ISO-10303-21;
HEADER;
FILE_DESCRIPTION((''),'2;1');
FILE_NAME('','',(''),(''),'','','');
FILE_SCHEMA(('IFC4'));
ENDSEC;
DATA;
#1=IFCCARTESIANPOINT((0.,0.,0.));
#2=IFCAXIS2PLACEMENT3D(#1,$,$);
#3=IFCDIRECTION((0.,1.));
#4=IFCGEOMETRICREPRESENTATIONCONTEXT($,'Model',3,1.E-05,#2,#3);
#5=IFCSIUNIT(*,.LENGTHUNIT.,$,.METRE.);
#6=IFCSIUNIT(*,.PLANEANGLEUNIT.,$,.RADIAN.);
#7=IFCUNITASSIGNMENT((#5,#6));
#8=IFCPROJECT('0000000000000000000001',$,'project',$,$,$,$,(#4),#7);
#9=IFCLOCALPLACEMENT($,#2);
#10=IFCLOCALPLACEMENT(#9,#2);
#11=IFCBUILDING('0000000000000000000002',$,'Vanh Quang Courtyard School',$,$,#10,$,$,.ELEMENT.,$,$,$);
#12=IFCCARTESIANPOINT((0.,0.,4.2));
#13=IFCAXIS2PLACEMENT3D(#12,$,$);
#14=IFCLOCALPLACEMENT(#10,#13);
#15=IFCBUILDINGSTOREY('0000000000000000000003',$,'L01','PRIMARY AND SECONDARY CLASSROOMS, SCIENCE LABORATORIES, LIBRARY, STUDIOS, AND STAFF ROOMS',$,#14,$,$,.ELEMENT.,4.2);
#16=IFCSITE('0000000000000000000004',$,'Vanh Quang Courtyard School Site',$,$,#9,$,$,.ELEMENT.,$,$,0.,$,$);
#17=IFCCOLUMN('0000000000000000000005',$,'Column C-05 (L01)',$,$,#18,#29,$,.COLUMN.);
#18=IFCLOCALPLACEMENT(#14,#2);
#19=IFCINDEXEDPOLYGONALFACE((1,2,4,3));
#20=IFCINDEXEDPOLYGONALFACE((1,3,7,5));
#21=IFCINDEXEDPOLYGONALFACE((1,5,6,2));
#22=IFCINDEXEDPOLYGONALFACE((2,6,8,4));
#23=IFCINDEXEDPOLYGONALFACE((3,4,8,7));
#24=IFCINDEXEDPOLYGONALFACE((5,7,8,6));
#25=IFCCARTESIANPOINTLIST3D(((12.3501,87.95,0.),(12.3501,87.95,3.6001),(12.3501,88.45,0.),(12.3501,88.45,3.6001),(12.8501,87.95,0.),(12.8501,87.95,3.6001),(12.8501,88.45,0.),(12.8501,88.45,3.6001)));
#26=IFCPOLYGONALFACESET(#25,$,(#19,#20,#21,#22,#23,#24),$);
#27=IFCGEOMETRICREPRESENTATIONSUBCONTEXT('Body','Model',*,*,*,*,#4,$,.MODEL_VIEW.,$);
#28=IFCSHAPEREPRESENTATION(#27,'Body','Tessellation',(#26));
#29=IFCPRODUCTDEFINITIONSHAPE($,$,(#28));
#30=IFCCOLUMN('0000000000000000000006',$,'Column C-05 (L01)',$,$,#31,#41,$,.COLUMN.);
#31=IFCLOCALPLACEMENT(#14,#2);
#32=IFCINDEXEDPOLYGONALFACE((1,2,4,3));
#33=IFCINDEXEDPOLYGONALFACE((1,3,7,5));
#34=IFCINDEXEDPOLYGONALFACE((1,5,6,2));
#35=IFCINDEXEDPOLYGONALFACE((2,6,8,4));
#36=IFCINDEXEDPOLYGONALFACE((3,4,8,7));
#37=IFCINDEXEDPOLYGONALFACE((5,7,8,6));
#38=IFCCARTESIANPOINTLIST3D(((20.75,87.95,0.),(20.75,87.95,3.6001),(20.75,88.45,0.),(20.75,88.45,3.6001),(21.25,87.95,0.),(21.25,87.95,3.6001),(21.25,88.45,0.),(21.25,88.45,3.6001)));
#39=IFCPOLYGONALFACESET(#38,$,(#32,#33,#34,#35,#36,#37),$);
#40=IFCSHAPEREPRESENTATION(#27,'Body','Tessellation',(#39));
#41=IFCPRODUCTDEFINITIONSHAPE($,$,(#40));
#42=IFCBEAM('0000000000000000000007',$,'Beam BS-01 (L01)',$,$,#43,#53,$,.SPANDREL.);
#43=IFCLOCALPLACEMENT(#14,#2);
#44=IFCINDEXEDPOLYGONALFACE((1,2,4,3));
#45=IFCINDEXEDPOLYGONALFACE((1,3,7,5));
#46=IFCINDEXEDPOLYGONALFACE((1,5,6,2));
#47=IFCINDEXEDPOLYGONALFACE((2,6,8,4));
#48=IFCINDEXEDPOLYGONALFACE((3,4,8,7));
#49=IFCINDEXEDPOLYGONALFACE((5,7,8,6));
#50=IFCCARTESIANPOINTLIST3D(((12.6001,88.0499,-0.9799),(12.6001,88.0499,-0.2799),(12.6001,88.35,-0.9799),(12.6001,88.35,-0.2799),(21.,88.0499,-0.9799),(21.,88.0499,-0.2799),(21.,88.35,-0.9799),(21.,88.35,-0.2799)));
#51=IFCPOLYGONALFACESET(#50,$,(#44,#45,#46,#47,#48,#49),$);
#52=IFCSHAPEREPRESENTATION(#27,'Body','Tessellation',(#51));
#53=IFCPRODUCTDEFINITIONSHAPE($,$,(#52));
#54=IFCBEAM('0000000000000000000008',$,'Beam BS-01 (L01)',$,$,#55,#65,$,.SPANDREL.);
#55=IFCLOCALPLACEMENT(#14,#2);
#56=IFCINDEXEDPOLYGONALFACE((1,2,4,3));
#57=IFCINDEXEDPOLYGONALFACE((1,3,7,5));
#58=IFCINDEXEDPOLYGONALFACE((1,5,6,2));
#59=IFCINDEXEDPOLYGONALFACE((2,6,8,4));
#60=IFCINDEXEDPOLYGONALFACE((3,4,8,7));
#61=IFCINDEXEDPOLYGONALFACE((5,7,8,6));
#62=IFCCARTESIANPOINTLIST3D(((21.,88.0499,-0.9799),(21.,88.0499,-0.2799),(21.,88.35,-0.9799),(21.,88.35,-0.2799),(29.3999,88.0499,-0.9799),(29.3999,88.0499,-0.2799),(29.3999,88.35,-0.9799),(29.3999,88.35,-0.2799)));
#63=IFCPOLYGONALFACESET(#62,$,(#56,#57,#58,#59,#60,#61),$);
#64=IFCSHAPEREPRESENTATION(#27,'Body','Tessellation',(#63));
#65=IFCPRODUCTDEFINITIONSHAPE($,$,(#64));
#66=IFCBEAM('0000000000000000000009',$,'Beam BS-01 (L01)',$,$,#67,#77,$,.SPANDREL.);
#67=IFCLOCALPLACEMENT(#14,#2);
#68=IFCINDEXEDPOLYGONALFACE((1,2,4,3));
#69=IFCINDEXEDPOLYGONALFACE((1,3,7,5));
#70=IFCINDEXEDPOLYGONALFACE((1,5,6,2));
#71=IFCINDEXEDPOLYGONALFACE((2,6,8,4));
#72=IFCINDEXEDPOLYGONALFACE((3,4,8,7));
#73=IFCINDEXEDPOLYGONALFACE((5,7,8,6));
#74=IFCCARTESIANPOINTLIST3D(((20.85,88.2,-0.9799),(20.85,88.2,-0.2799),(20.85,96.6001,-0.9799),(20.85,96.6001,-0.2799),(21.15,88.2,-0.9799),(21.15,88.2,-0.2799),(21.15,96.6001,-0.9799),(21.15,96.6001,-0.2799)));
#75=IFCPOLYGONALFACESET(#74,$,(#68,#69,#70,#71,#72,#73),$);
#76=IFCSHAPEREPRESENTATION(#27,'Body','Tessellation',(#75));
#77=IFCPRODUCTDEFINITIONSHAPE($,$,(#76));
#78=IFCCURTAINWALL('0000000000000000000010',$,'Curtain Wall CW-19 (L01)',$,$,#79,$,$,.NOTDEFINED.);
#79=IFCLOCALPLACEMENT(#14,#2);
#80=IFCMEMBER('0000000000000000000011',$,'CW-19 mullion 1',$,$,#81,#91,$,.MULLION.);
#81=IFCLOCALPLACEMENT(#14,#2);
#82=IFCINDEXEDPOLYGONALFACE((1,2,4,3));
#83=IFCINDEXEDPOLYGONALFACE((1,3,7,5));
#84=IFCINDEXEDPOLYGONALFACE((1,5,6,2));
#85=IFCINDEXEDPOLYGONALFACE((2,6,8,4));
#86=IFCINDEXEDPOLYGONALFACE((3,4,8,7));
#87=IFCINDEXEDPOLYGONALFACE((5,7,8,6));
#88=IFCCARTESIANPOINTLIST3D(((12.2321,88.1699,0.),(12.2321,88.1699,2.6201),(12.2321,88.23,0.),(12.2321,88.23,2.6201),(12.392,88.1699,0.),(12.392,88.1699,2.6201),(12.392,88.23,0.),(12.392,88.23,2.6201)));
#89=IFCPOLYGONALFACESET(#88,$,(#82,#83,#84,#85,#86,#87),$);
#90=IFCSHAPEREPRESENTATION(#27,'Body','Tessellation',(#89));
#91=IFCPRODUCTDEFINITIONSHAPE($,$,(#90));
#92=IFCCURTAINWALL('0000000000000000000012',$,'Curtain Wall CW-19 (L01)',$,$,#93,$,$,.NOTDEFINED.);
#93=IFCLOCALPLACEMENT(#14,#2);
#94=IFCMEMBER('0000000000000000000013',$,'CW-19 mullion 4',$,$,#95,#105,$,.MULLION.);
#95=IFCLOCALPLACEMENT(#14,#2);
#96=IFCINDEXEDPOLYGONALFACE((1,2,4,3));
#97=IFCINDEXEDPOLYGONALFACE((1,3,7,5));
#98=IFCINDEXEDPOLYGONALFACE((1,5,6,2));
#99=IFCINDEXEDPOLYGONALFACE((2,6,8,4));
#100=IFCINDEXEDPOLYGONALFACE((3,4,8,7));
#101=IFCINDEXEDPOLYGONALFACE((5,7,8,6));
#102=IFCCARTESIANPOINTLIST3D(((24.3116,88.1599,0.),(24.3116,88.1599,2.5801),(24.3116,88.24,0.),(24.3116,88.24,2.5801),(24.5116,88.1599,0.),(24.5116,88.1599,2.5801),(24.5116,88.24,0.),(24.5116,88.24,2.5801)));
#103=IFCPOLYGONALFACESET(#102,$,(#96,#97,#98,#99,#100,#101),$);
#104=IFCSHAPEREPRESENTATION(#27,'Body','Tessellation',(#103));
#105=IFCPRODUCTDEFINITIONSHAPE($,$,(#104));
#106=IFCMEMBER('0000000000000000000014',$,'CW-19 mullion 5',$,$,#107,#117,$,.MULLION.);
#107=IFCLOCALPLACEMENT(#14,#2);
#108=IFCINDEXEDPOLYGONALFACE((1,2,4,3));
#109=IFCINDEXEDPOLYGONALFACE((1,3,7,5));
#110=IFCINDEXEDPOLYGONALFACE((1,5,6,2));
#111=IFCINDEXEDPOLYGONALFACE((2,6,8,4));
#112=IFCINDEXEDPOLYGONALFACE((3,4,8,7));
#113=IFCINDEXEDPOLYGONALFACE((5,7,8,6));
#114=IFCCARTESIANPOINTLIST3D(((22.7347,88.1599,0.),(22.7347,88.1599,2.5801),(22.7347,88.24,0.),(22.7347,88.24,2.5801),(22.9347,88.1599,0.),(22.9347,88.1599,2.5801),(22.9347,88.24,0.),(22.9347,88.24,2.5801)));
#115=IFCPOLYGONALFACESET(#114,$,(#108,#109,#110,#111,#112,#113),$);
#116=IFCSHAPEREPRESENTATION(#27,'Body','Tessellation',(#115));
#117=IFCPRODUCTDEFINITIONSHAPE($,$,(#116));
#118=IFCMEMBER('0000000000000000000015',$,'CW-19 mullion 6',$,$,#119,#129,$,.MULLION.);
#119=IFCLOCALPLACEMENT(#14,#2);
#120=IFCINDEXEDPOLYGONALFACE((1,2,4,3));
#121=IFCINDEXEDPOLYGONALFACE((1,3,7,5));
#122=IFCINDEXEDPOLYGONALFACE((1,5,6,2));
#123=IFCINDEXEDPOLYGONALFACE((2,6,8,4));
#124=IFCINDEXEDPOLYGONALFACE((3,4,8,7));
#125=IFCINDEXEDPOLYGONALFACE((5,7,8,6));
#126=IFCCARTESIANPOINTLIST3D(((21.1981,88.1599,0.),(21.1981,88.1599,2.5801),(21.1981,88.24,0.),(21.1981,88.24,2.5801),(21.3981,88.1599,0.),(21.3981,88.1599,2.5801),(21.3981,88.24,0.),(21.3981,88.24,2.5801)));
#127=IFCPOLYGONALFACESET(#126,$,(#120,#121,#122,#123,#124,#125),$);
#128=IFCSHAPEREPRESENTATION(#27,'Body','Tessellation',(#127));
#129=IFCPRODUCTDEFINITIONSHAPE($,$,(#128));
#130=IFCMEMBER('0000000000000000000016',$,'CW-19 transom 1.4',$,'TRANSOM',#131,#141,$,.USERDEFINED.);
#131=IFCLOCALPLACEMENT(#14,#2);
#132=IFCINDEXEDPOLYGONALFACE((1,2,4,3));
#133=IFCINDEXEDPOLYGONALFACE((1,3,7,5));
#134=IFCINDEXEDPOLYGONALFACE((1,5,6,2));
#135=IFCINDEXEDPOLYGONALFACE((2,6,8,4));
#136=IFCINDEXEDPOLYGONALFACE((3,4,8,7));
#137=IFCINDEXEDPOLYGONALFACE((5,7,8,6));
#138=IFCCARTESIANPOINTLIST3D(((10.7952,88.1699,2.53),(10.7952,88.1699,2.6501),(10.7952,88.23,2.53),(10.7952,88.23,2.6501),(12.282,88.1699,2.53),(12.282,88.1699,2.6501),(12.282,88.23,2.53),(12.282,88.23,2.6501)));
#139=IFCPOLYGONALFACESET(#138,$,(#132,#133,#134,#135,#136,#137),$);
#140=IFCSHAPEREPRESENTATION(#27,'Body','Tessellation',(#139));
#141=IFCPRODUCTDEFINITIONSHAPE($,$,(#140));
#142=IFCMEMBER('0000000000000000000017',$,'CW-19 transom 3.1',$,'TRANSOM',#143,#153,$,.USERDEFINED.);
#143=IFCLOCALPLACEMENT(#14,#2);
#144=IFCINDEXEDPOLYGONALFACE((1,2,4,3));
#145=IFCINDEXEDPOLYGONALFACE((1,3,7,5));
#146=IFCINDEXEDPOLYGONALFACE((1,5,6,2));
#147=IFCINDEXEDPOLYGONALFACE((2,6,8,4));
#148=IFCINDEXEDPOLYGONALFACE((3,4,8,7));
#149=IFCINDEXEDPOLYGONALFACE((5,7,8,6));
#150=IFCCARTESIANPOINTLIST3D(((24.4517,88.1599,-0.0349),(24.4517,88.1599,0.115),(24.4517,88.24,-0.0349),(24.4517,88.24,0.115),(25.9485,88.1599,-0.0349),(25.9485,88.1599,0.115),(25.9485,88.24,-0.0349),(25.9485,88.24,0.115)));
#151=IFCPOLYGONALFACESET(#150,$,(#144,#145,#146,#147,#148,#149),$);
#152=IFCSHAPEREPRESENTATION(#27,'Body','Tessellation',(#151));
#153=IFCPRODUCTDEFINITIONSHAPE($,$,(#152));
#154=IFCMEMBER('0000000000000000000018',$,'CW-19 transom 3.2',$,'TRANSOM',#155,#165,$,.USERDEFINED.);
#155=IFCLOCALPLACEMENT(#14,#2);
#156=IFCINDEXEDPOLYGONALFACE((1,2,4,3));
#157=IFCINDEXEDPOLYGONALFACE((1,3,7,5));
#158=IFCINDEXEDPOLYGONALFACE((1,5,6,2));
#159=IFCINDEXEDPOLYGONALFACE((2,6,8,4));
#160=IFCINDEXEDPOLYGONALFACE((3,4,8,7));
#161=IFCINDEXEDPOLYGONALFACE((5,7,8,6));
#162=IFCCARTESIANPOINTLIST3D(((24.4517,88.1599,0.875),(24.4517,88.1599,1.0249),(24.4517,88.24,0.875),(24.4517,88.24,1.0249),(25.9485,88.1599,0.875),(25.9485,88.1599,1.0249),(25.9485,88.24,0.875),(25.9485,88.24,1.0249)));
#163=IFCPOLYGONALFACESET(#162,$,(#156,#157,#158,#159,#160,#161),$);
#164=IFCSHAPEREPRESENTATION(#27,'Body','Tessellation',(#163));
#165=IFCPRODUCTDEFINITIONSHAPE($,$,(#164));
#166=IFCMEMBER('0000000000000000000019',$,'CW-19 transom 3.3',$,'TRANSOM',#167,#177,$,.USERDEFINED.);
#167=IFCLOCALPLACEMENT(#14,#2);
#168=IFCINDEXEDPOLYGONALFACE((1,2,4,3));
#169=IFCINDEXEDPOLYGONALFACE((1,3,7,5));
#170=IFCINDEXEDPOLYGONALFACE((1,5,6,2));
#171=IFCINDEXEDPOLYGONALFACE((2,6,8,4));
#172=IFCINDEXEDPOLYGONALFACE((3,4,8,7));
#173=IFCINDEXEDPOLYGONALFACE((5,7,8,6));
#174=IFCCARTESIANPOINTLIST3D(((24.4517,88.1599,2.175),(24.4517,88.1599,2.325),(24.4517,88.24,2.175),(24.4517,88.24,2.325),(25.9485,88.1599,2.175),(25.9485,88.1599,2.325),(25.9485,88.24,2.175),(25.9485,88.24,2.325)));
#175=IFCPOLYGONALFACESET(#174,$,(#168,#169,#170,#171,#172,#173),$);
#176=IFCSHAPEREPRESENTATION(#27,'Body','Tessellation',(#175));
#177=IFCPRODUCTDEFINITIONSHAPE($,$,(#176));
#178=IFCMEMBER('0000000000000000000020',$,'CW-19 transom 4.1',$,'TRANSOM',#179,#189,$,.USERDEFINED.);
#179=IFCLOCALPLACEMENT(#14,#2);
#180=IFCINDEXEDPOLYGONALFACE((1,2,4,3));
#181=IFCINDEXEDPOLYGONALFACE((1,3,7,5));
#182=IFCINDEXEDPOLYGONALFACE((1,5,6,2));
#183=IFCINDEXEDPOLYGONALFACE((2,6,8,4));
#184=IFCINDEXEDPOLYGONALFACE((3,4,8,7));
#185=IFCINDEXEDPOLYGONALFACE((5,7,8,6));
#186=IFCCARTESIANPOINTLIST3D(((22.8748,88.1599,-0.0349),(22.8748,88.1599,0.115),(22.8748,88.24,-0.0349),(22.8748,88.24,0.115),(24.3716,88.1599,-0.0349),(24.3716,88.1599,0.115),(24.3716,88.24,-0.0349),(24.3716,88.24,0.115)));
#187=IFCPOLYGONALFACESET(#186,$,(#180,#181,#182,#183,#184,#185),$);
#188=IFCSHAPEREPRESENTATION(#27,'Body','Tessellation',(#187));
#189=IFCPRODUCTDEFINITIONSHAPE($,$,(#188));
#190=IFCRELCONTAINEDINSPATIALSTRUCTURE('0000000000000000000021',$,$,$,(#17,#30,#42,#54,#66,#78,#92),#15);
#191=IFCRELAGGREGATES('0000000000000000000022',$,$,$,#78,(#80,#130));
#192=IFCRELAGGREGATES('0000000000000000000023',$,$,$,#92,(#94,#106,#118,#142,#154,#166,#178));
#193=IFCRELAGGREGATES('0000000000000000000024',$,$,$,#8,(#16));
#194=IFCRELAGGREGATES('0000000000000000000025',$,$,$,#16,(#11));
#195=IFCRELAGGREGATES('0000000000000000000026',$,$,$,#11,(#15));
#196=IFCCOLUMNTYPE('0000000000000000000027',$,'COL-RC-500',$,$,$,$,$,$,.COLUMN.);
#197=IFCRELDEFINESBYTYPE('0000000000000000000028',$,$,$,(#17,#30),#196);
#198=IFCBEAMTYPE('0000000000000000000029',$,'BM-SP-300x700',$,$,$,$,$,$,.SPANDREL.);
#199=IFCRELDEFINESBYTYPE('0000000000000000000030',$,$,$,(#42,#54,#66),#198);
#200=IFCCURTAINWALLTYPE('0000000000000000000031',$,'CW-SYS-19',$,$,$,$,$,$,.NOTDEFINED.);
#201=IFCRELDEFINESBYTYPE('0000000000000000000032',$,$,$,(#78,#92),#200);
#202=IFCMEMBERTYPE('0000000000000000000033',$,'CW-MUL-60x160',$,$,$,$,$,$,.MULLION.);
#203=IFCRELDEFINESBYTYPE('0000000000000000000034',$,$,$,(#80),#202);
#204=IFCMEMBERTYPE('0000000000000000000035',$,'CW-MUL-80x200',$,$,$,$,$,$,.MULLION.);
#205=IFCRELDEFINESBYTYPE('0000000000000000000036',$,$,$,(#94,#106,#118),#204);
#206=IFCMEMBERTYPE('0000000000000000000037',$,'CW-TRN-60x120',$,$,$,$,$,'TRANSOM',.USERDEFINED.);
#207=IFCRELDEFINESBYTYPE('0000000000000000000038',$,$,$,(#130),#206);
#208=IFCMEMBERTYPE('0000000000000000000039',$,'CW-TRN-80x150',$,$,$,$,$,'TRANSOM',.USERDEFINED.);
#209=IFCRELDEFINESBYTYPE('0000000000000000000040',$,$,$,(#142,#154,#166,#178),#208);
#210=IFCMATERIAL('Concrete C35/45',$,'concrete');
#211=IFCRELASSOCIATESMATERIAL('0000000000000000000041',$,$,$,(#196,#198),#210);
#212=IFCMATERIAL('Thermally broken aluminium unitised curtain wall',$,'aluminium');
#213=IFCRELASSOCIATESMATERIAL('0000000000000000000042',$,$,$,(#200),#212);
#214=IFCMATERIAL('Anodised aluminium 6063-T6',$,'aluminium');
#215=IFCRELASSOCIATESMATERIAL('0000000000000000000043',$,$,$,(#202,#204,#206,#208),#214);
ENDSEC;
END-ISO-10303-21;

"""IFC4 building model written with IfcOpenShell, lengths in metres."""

from ifc_helpers import new_model, si_unit, direction, frame, origin, origin_2d, place, context, subcontext, project, spatial, rectangle, extrude, material, material_profile, profile_set, type_object, element, aggregate, save


model = new_model("IFC4")

# Units and contexts
model_context = context("Model", 3, precision=1e-05, world=origin(), true_north=direction((0.0, 1.0)))
body_context = subcontext(model_context, "Body", "Model", "MODEL_VIEW")
ifc_project = project(units=[si_unit("LENGTHUNIT", "METRE"), si_unit("PLANEANGLEUNIT", "RADIAN")], contexts=[model_context])

# Site, building, storey
site_placement = place(None, origin())
site = spatial("IfcSite", under=ifc_project, at=site_placement, Name="Vanh Quang Courtyard School Site", CompositionType="ELEMENT", RefElevation=0.0)
building_placement = place(site_placement, origin())
building = spatial("IfcBuilding", under=site, at=building_placement, Name="Vanh Quang Courtyard School", CompositionType="ELEMENT")
storey_placement = place(building_placement, frame((0.0, 0.0, 4.2)))
storey = spatial("IfcBuildingStorey", under=building, at=storey_placement, Name="L01", Description="PRIMARY AND SECONDARY CLASSROOMS, SCIENCE LABORATORIES, LIBRARY, STUDIOS, AND STAFF ROOMS", CompositionType="ELEMENT", Elevation=4.2)

# Columns
ifc_material_1 = material(Name="Concrete C35/45", Category="concrete")
ifc_material_profile_1 = material_profile(ifc_material_1, rectangle(XDim=0.5, YDim=0.5, at=origin_2d()), Name="RC-COL 500x500")
ifc_profile_set_1 = profile_set([ifc_material_profile_1], Name="Concrete C35/45")
column_type = type_object("IfcColumnType", Name="COL-RC-500", PredefinedType="COLUMN", material=ifc_profile_set_1)
for number, where, z_axis, x_axis, name in (
    (1, (12.6001, 88.2, 0.0), (0.0, 0.0, 1.0), (1.0, 0.0, 0.0), "Column C-05 (L01)"),
    (2, (21.0, 88.2, 0.0), (0.0, 0.0, 1.0), (1.0, 0.0, 0.0), "Column C-05 (L01)"),
):
    element("IfcColumn", number, at=place(storey_placement, frame(where, z_axis=z_axis, x_axis=x_axis)), inside=storey, type_object=column_type, Name=name, PredefinedType="COLUMN", context=body_context, shape_type="SweptSolid", body=[
        extrude(rectangle(XDim=0.5, YDim=0.5, at=origin_2d()), origin(), (0.0, 0.0, 1.0), 3.6001),
    ])

# Beams
ifc_material_profile_2 = material_profile(ifc_material_1, rectangle(XDim=0.3, YDim=0.7, at=origin_2d()), Name="RC-SP 300x700")
ifc_profile_set_2 = profile_set([ifc_material_profile_2], Name="Concrete C35/45")
beam_type = type_object("IfcBeamType", Name="BM-SP-300x700", PredefinedType="SPANDREL", material=ifc_profile_set_2)
for number, where, z_axis, x_axis, name in (
    (3, (12.6001, 88.2, -0.6299), (1.0, 0.0, 0.0), (0.0, 1.0, 0.0), "Beam BS-01 (L01)"),
    (4, (21.0, 88.2, -0.6299), (1.0, 0.0, 0.0), (0.0, 1.0, 0.0), "Beam BS-01 (L01)"),
):
    element("IfcBeam", number, at=place(storey_placement, frame(where, z_axis=z_axis, x_axis=x_axis)), inside=storey, type_object=beam_type, Name=name, PredefinedType="SPANDREL", context=body_context, shape_type="SweptSolid", body=[
        extrude(rectangle(XDim=0.3, YDim=0.7, at=origin_2d()), origin(), (0.0, 0.0, 1.0), 8.3999),
    ])
beam_placement = place(storey_placement, frame((21.0, 88.2, -0.6299), z_axis=(0.0, 1.0, 0.0), x_axis=(-1.0, 0.0, 0.0)))
element("IfcBeam", 5, at=beam_placement, inside=storey, type_object=beam_type, Name="Beam BS-01 (L01)", PredefinedType="SPANDREL", context=body_context, shape_type="SweptSolid", body=[
    extrude(rectangle(XDim=0.3, YDim=0.7, at=origin_2d()), origin(), (0.0, 0.0, 1.0), 8.4001),
])

# Curtain wall, member
ifc_material_2 = material(Name="Thermally broken aluminium unitised curtain wall", Category="aluminium")
curtain_wall_type = type_object("IfcCurtainWallType", Name="CW-SYS-19", PredefinedType="NOTDEFINED", material=ifc_material_2)
curtain_wall_1_placement = place(storey_placement, origin())
curtain_wall_1 = element("IfcCurtainWall", 6, at=curtain_wall_1_placement, inside=storey, type_object=curtain_wall_type, Name="Curtain Wall CW-19 (L01)", PredefinedType="NOTDEFINED")
ifc_material_3 = material(Name="Anodised aluminium 6063-T6", Category="aluminium")
ifc_material_profile_3 = material_profile(ifc_material_3, rectangle(XDim=0.0601, YDim=0.1599, at=origin_2d()), Name="ALU-MUL 60x160")
ifc_profile_set_3 = profile_set([ifc_material_profile_3], Name="Anodised aluminium 6063-T6")
member_type_1 = type_object("IfcMemberType", Name="CW-MUL-60x160", PredefinedType="MULLION", material=ifc_profile_set_3)
member_1_placement = place(storey_placement, frame((12.312, 88.2, 0.0), z_axis=(0.0, 0.0, 1.0), x_axis=(0.0, -1.0, 0.0)))
member_1 = element("IfcMember", 7, at=member_1_placement, type_object=member_type_1, Name="CW-19 mullion 1", PredefinedType="MULLION", context=body_context, shape_type="SweptSolid", body=[
    extrude(rectangle(XDim=0.0601, YDim=0.1599, at=origin_2d()), origin(), (0.0, 0.0, 1.0), 2.6201),
])

# Curtain wall, members
curtain_wall_2_placement = place(storey_placement, origin())
curtain_wall_2 = element("IfcCurtainWall", 8, at=curtain_wall_2_placement, inside=storey, type_object=curtain_wall_type, Name="Curtain Wall CW-19 (L01)", PredefinedType="NOTDEFINED")
ifc_material_profile_4 = material_profile(ifc_material_3, rectangle(XDim=0.0801, YDim=0.2, at=origin_2d()), Name="ALU-MUL 80x200")
ifc_profile_set_4 = profile_set([ifc_material_profile_4], Name="Anodised aluminium 6063-T6")
member_type_2 = type_object("IfcMemberType", Name="CW-MUL-80x200", PredefinedType="MULLION", material=ifc_profile_set_4)
member_2_placement = place(storey_placement, frame((24.4116, 88.2, 0.0), z_axis=(0.0, 0.0, 1.0), x_axis=(0.0, -1.0, 0.0)))
member_2 = element("IfcMember", 9, at=member_2_placement, type_object=member_type_2, Name="CW-19 mullion 4", PredefinedType="MULLION", context=body_context, shape_type="SweptSolid", body=[
    extrude(rectangle(XDim=0.0801, YDim=0.2, at=origin_2d()), origin(), (0.0, 0.0, 1.0), 2.5801),
])
member_3_placement = place(storey_placement, frame((22.8347, 88.2, 0.0), z_axis=(0.0, 0.0, 1.0), x_axis=(0.0, -1.0, 0.0)))
member_3 = element("IfcMember", 10, at=member_3_placement, type_object=member_type_2, Name="CW-19 mullion 5", PredefinedType="MULLION", context=body_context, shape_type="SweptSolid", body=[
    extrude(rectangle(XDim=0.0801, YDim=0.2, at=origin_2d()), origin(), (0.0, 0.0, 1.0), 2.5801),
])
member_4_placement = place(storey_placement, frame((21.2981, 88.2, 0.0), z_axis=(0.0, 0.0, 1.0), x_axis=(0.0, -1.0, 0.0)))
member_4 = element("IfcMember", 11, at=member_4_placement, type_object=member_type_2, Name="CW-19 mullion 6", PredefinedType="MULLION", context=body_context, shape_type="SweptSolid", body=[
    extrude(rectangle(XDim=0.0801, YDim=0.2, at=origin_2d()), origin(), (0.0, 0.0, 1.0), 2.5801),
])

# Members
ifc_material_profile_5 = material_profile(ifc_material_3, rectangle(XDim=0.0601, YDim=0.1201, at=origin_2d()), Name="ALU-TRN 60x120")
ifc_profile_set_5 = profile_set([ifc_material_profile_5], Name="Anodised aluminium 6063-T6")
member_type_3 = type_object("IfcMemberType", Name="CW-TRN-60x120", ElementType="TRANSOM", PredefinedType="USERDEFINED", material=ifc_profile_set_5)
member_5_placement = place(storey_placement, frame((12.282, 88.2, 2.5901), z_axis=(-1.0, 0.0, 0.0), x_axis=(0.0, -1.0, 0.0)))
member_5 = element("IfcMember", 12, at=member_5_placement, type_object=member_type_3, Name="CW-19 transom 1.4", ObjectType="TRANSOM", PredefinedType="USERDEFINED", context=body_context, shape_type="SweptSolid", body=[
    extrude(rectangle(XDim=0.0601, YDim=0.1201, at=origin_2d()), origin(), (0.0, 0.0, 1.0), 1.4868),
])
aggregate(curtain_wall_1, [member_1, member_5])
ifc_material_profile_6 = material_profile(ifc_material_3, rectangle(XDim=0.0801, YDim=0.1499, at=origin_2d()), Name="ALU-TRN 80x150")
ifc_profile_set_6 = profile_set([ifc_material_profile_6], Name="Anodised aluminium 6063-T6")
member_type_4 = type_object("IfcMemberType", Name="CW-TRN-80x150", ElementType="TRANSOM", PredefinedType="USERDEFINED", material=ifc_profile_set_6)
member_6_placement = place(storey_placement, frame((25.9485, 88.2, 0.04), z_axis=(-1.0, 0.0, 0.0), x_axis=(0.0, -1.0, 0.0)))
member_6 = element("IfcMember", 13, at=member_6_placement, type_object=member_type_4, Name="CW-19 transom 3.1", ObjectType="TRANSOM", PredefinedType="USERDEFINED", context=body_context, shape_type="SweptSolid", body=[
    extrude(rectangle(XDim=0.0801, YDim=0.1499, at=origin_2d()), origin(), (0.0, 0.0, 1.0), 1.4968),
])
member_7_placement = place(storey_placement, frame((25.9485, 88.2, 0.95), z_axis=(-1.0, 0.0, 0.0), x_axis=(0.0, -1.0, 0.0)))
member_7 = element("IfcMember", 14, at=member_7_placement, type_object=member_type_4, Name="CW-19 transom 3.2", ObjectType="TRANSOM", PredefinedType="USERDEFINED", context=body_context, shape_type="SweptSolid", body=[
    extrude(rectangle(XDim=0.0801, YDim=0.1499, at=origin_2d()), origin(), (0.0, 0.0, 1.0), 1.4968),
])
member_8_placement = place(storey_placement, frame((25.9485, 88.2, 2.25), z_axis=(-1.0, 0.0, 0.0), x_axis=(0.0, -1.0, 0.0)))
member_8 = element("IfcMember", 15, at=member_8_placement, type_object=member_type_4, Name="CW-19 transom 3.3", ObjectType="TRANSOM", PredefinedType="USERDEFINED", context=body_context, shape_type="SweptSolid", body=[
    extrude(rectangle(XDim=0.0801, YDim=0.1499, at=origin_2d()), origin(), (0.0, 0.0, 1.0), 1.4968),
])
member_9_placement = place(storey_placement, frame((24.3716, 88.2, 0.04), z_axis=(-1.0, 0.0, 0.0), x_axis=(0.0, -1.0, 0.0)))
member_9 = element("IfcMember", 16, at=member_9_placement, type_object=member_type_4, Name="CW-19 transom 4.1", ObjectType="TRANSOM", PredefinedType="USERDEFINED", context=body_context, shape_type="SweptSolid", body=[
    extrude(rectangle(XDim=0.0801, YDim=0.1499, at=origin_2d()), origin(), (0.0, 0.0, 1.0), 1.4968),
])

aggregate(curtain_wall_2, [member_2, member_3, member_4, member_6, member_7, member_8, member_9])

save(model, "model.ifc")
